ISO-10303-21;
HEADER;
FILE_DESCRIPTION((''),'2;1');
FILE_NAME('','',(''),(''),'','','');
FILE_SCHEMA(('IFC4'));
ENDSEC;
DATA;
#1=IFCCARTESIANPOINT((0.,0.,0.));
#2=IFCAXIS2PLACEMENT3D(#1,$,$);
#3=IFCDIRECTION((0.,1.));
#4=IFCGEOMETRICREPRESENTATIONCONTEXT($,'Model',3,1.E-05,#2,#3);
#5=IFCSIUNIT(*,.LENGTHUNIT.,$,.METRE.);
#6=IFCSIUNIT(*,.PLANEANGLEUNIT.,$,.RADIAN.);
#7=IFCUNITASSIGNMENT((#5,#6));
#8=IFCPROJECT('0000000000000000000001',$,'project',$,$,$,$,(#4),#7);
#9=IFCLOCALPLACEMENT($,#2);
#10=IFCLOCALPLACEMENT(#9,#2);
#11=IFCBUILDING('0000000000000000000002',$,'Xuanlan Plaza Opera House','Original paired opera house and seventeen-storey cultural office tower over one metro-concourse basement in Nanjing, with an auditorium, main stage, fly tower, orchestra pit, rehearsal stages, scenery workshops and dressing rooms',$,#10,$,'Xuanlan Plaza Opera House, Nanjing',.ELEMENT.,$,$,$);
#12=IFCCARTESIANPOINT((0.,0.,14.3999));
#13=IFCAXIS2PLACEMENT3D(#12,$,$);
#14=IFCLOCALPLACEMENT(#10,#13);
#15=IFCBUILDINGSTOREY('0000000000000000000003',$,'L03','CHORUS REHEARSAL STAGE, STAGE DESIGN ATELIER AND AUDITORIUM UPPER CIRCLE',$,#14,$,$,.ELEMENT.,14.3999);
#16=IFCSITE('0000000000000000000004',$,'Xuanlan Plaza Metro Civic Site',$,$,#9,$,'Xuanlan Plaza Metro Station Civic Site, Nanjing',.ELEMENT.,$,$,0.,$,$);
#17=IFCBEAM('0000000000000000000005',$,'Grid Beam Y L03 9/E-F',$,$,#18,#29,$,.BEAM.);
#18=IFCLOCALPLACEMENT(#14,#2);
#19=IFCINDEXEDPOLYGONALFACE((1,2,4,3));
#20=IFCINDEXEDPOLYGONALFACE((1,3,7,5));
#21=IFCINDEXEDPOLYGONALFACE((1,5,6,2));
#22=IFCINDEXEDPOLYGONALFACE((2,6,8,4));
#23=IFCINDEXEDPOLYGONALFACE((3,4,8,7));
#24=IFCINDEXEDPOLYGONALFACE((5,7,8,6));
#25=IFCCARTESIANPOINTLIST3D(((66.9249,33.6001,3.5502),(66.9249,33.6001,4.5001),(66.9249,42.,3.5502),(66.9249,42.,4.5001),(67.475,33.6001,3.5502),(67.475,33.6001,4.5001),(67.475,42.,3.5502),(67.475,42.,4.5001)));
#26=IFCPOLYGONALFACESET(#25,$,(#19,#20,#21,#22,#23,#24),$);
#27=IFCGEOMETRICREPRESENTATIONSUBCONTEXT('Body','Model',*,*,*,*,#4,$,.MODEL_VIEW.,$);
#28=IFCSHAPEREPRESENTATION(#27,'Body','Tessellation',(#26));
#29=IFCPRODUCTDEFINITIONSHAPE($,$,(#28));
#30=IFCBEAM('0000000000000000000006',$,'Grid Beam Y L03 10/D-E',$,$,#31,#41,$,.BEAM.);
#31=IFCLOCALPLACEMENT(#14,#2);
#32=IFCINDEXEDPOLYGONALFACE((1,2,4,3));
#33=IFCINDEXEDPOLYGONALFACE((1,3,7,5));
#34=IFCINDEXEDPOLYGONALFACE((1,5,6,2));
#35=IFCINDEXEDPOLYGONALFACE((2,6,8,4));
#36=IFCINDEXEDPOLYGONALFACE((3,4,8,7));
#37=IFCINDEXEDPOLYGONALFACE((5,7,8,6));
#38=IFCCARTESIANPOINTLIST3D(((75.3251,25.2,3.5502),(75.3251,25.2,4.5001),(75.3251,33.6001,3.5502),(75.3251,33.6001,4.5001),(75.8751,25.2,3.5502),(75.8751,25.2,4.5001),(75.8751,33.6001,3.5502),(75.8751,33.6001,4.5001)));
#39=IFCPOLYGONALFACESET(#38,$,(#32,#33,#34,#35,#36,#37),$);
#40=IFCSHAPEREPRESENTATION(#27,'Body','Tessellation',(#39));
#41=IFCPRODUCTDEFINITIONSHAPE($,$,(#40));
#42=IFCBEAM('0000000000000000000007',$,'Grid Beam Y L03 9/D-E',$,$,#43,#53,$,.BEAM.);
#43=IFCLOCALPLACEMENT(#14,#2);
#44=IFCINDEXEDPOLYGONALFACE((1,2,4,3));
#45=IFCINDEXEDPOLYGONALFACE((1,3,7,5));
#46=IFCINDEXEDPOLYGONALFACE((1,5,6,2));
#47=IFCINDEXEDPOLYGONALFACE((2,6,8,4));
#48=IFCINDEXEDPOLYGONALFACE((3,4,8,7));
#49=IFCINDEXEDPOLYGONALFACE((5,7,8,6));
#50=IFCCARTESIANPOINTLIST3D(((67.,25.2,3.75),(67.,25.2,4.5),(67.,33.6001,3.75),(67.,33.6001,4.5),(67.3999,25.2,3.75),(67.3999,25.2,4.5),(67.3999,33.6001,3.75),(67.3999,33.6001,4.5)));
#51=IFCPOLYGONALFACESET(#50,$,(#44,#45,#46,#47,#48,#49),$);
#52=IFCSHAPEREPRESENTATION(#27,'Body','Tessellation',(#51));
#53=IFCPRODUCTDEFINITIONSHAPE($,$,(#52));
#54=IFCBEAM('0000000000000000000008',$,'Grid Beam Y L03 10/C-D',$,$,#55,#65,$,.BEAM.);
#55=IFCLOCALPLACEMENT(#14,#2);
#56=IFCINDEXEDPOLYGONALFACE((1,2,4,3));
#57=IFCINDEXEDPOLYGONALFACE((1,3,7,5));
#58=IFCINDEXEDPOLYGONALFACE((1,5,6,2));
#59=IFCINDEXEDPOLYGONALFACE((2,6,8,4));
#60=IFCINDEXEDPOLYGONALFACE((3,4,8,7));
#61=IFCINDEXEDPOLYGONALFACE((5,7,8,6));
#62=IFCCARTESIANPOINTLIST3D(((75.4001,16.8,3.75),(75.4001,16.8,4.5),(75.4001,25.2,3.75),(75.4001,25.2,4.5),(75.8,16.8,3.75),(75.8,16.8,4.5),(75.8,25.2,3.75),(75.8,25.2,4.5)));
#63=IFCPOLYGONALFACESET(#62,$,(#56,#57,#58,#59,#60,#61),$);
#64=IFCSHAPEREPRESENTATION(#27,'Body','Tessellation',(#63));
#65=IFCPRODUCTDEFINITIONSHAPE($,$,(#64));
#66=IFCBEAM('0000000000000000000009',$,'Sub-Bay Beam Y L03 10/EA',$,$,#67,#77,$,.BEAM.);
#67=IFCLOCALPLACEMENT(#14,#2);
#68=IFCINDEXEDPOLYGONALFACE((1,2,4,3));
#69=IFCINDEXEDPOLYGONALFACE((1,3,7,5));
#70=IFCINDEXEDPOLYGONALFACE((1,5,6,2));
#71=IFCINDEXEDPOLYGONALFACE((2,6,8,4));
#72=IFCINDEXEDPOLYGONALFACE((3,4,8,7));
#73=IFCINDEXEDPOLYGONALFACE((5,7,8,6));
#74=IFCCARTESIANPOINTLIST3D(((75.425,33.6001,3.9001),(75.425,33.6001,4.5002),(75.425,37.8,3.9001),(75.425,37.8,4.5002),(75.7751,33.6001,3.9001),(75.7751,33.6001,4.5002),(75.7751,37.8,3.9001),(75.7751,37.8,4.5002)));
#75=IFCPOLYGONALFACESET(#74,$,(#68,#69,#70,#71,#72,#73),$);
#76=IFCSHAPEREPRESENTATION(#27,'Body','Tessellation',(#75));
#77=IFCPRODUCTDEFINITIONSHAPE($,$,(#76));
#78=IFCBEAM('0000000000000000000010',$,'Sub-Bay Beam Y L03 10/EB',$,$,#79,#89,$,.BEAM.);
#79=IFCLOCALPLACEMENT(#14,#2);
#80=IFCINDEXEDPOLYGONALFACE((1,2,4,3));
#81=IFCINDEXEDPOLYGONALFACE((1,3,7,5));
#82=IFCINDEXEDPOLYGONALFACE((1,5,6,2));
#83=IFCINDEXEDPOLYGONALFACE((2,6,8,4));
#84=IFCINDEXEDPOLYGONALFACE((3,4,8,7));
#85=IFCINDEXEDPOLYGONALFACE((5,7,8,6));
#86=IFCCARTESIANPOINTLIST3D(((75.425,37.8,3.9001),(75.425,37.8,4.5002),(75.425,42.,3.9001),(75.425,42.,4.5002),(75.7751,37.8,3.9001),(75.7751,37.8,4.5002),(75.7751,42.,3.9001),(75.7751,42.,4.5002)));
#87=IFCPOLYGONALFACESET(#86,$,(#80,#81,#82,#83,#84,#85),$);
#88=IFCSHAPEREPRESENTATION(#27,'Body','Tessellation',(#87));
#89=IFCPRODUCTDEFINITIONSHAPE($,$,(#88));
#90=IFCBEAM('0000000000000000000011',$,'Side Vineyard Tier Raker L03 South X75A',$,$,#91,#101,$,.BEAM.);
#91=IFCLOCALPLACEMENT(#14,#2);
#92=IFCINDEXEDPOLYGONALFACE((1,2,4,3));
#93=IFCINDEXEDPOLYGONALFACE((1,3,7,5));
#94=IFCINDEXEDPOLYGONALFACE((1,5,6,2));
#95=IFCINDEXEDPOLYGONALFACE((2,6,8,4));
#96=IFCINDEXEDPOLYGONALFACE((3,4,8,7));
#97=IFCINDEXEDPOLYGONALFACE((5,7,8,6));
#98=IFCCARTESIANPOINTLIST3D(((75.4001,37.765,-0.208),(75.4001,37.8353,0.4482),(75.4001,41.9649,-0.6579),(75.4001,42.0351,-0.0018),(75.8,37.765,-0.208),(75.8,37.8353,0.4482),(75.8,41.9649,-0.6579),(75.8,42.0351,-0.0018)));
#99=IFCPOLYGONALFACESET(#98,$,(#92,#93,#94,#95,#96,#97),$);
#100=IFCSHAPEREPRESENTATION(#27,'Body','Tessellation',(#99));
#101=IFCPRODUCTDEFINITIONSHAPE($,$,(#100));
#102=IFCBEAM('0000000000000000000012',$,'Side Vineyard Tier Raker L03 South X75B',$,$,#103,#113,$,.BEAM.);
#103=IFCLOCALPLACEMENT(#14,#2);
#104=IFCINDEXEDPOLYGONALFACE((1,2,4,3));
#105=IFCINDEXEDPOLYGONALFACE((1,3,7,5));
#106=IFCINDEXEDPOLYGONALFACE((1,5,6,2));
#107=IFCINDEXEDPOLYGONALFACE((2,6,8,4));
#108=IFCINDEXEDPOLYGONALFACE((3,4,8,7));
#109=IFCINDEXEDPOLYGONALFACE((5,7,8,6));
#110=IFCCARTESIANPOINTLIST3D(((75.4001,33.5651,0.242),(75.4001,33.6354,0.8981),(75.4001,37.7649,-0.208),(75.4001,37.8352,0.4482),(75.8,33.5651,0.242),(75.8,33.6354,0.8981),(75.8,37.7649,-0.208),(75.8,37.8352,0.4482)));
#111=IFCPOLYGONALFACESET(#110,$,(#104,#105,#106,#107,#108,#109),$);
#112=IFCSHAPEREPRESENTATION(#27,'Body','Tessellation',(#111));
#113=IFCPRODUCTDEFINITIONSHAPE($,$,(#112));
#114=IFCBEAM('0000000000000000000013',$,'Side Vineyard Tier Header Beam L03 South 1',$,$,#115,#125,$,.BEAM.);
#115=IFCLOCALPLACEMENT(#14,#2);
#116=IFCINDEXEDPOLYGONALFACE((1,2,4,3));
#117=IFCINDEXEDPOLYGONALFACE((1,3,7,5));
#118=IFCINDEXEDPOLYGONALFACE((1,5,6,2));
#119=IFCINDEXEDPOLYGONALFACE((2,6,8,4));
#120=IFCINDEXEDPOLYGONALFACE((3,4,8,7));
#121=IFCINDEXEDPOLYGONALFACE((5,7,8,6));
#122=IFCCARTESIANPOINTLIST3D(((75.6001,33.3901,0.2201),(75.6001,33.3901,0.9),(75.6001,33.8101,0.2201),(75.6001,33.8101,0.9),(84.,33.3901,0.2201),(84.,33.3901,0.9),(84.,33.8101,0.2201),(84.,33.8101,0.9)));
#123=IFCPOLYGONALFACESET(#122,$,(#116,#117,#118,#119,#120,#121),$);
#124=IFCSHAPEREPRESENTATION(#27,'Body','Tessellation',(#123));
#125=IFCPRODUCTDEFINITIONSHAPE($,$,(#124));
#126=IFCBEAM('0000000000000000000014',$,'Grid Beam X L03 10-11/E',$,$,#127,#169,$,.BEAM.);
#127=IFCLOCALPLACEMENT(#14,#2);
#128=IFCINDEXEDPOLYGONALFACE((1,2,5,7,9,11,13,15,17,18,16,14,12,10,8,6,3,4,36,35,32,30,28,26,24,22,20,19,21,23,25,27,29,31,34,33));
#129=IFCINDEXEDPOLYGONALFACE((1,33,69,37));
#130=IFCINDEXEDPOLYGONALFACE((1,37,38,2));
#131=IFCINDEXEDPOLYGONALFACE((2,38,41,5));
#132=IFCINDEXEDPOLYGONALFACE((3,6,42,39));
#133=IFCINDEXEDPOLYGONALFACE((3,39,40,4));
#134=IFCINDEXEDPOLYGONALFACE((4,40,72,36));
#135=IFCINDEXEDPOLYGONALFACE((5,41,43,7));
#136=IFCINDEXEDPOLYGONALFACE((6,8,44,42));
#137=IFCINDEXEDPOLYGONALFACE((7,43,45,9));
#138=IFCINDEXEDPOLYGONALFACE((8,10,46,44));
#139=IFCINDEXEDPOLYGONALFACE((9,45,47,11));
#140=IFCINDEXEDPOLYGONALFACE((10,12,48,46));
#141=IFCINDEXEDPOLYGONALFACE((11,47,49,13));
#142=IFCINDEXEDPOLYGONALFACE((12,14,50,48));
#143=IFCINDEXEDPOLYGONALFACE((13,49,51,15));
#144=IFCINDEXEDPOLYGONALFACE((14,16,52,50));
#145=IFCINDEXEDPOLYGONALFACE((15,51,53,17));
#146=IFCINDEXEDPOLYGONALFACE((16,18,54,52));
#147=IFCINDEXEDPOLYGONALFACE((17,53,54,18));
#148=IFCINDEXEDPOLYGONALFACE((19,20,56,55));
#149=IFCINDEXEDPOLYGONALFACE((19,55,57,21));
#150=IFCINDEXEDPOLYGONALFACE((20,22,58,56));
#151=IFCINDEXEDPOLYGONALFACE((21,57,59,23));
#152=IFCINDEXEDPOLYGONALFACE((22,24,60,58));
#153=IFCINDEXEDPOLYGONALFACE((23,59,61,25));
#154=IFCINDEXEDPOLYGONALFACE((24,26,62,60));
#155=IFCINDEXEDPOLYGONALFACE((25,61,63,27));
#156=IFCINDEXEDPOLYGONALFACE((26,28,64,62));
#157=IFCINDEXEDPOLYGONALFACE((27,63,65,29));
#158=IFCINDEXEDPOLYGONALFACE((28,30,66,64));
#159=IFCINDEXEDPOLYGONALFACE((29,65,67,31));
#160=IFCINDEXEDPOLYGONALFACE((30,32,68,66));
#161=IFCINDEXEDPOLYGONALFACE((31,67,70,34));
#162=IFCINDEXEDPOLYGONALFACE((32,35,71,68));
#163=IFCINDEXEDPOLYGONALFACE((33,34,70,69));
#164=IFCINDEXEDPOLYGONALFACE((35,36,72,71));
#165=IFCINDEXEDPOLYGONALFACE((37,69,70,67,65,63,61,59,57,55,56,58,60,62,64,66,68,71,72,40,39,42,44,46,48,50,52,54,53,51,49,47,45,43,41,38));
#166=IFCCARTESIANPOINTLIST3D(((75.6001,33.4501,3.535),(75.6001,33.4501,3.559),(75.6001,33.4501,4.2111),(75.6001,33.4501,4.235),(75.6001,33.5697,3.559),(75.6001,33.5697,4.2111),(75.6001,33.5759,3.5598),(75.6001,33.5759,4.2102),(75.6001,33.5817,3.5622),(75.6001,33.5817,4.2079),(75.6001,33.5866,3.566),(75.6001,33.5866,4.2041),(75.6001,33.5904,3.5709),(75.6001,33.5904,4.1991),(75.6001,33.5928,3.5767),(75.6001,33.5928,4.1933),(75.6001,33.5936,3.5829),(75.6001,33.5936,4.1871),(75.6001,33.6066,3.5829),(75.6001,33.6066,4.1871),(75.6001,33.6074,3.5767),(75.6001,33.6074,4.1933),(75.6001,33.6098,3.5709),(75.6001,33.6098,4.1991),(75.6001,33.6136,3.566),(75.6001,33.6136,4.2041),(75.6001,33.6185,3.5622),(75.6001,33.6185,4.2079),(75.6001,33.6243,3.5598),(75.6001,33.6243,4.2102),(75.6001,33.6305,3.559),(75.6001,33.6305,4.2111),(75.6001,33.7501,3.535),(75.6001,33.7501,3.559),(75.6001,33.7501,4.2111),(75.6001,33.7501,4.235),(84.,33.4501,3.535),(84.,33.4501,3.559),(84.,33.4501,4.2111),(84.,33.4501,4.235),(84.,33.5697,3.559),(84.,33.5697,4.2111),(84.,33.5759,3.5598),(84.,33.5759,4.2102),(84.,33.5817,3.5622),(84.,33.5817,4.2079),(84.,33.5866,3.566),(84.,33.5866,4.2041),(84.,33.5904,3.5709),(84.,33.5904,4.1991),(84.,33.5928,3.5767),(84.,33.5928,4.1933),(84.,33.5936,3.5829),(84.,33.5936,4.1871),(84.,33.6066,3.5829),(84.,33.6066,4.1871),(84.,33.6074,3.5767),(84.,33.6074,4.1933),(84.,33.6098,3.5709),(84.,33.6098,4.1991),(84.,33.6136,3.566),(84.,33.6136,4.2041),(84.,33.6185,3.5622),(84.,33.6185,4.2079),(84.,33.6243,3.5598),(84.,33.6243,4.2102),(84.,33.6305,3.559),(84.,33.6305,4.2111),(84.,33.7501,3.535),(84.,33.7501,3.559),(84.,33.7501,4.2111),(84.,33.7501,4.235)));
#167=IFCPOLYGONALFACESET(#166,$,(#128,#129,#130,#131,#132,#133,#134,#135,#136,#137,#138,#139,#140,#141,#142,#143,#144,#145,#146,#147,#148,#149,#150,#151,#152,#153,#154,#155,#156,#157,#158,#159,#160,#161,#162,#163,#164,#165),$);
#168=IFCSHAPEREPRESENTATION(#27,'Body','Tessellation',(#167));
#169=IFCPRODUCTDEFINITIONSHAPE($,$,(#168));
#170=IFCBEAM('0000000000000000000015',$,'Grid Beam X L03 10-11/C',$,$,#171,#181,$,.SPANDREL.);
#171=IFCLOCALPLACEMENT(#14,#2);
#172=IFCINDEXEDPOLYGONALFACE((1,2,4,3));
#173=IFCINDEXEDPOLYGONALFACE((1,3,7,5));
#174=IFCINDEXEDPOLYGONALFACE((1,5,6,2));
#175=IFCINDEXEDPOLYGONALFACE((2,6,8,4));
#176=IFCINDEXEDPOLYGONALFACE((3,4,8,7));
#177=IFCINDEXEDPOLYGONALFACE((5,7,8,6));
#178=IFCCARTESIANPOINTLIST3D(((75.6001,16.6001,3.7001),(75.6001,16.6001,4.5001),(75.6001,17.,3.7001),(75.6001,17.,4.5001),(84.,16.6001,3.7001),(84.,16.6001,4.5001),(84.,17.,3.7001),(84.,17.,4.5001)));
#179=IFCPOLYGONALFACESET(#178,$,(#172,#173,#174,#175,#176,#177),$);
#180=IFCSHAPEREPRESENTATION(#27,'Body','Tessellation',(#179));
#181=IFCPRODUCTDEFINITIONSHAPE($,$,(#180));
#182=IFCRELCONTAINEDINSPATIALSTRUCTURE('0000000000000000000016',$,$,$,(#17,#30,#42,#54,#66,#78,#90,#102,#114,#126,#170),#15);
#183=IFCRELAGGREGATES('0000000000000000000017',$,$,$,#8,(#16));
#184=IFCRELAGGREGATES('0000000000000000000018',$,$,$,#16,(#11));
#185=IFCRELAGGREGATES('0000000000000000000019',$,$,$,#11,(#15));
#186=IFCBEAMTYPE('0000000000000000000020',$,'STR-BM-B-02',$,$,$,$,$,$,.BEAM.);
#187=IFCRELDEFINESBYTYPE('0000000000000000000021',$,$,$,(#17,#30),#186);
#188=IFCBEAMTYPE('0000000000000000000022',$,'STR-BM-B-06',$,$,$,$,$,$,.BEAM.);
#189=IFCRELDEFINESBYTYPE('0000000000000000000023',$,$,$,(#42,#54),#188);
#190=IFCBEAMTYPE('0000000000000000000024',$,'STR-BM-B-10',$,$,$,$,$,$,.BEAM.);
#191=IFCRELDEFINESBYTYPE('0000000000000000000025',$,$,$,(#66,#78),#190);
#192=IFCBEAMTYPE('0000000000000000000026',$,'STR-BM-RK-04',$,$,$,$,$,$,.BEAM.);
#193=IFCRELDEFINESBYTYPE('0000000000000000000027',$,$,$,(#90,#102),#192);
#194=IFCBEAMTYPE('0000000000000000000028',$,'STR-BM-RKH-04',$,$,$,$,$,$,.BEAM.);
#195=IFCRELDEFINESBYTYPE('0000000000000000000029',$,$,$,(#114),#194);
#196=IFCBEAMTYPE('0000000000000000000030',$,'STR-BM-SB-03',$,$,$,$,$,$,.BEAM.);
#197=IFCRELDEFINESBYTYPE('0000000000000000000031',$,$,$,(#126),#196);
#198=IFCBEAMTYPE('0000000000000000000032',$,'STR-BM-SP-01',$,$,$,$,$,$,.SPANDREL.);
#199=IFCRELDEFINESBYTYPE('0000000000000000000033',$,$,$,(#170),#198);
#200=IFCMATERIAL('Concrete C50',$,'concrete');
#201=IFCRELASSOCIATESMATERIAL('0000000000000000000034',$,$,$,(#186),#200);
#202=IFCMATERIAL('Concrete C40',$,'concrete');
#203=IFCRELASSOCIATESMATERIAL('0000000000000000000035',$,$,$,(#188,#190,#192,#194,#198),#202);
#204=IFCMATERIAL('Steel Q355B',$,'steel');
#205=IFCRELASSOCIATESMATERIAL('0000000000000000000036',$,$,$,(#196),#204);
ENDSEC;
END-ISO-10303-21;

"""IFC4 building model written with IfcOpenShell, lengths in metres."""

from ifc_helpers import new_model, si_unit, direction, frame, origin, origin_2d, place, context, subcontext, project, spatial, rectangle, i_section, extrude, material, material_profile, profile_set, type_object, element, save


model = new_model("IFC4")

# Units and contexts
model_context = context("Model", 3, precision=1e-05, world=origin(), true_north=direction((0.0, 1.0)))
body_context = subcontext(model_context, "Body", "Model", "MODEL_VIEW")
ifc_project = project(units=[si_unit("LENGTHUNIT", "METRE"), si_unit("PLANEANGLEUNIT", "RADIAN")], contexts=[model_context])

# Site, building, storey
site_placement = place(None, origin())
site = spatial("IfcSite", under=ifc_project, at=site_placement, Name="Xuanlan Plaza Metro Civic Site", LongName="Xuanlan Plaza Metro Station Civic Site, Nanjing", CompositionType="ELEMENT", RefElevation=0.0)
building_placement = place(site_placement, origin())
building = spatial("IfcBuilding", under=site, at=building_placement, Name="Xuanlan Plaza Opera House", Description="Original paired opera house and seventeen-storey cultural office tower over one metro-concourse basement in Nanjing, with an auditorium, main stage, fly tower, orchestra pit, rehearsal stages, scenery workshops and dressing rooms", LongName="Xuanlan Plaza Opera House, Nanjing", CompositionType="ELEMENT")
storey_placement = place(building_placement, frame((0.0, 0.0, 14.3999)))
storey = spatial("IfcBuildingStorey", under=building, at=storey_placement, Name="L03", Description="CHORUS REHEARSAL STAGE, STAGE DESIGN ATELIER AND AUDITORIUM UPPER CIRCLE", CompositionType="ELEMENT", Elevation=14.3999)

# Shared definitions
ifc_material_1 = material(Name="Concrete C50", Category="concrete")
ifc_material_2 = material(Name="Concrete C40", Category="concrete")

# Beams
ifc_material_profile_1 = material_profile(ifc_material_1, rectangle(XDim=0.55, YDim=0.95, at=origin_2d()), Name="RC-BM 550x950")
ifc_profile_set_1 = profile_set([ifc_material_profile_1], Name="Concrete C50")
beam_type_1 = type_object("IfcBeamType", Name="STR-BM-B-02", PredefinedType="BEAM", material=ifc_profile_set_1)
beam_1_placement = place(storey_placement, frame((67.2, 33.6001, 4.0251), z_axis=(0.0, 1.0, 0.0), x_axis=(-1.0, 0.0, 0.0)))
element("IfcBeam", 1, at=beam_1_placement, inside=storey, type_object=beam_type_1, Name="Grid Beam Y L03 9/E-F", PredefinedType="BEAM", context=body_context, shape_type="SweptSolid", body=[
    extrude(rectangle(XDim=0.55, YDim=0.95, at=origin_2d()), origin(), (0.0, 0.0, 1.0), 8.3999),
])
beam_2_placement = place(storey_placement, frame((75.6001, 25.2, 4.0251), z_axis=(0.0, 1.0, 0.0), x_axis=(-1.0, 0.0, 0.0)))
element("IfcBeam", 2, at=beam_2_placement, inside=storey, type_object=beam_type_1, Name="Grid Beam Y L03 10/D-E", PredefinedType="BEAM", context=body_context, shape_type="SweptSolid", body=[
    extrude(rectangle(XDim=0.55, YDim=0.95, at=origin_2d()), origin(), (0.0, 0.0, 1.0), 8.4001),
])
ifc_material_profile_2 = material_profile(ifc_material_2, rectangle(XDim=0.3999, YDim=0.75, at=origin_2d()), Name="RC-BM 400x750")
ifc_profile_set_2 = profile_set([ifc_material_profile_2], Name="Concrete C40")
beam_type_2 = type_object("IfcBeamType", Name="STR-BM-B-06", PredefinedType="BEAM", material=ifc_profile_set_2)
beam_3_placement = place(storey_placement, frame((67.2, 25.2, 4.125), z_axis=(0.0, 1.0, 0.0), x_axis=(-1.0, 0.0, 0.0)))
element("IfcBeam", 3, at=beam_3_placement, inside=storey, type_object=beam_type_2, Name="Grid Beam Y L03 9/D-E", PredefinedType="BEAM", context=body_context, shape_type="SweptSolid", body=[
    extrude(rectangle(XDim=0.3999, YDim=0.75, at=origin_2d()), origin(), (0.0, 0.0, 1.0), 8.4001),
])
beam_4_placement = place(storey_placement, frame((75.6001, 16.8, 4.125), z_axis=(0.0, 1.0, 0.0), x_axis=(-1.0, 0.0, 0.0)))
element("IfcBeam", 4, at=beam_4_placement, inside=storey, type_object=beam_type_2, Name="Grid Beam Y L03 10/C-D", PredefinedType="BEAM", context=body_context, shape_type="SweptSolid", body=[
    extrude(rectangle(XDim=0.3999, YDim=0.75, at=origin_2d()), origin(), (0.0, 0.0, 1.0), 8.3999),
])
ifc_material_profile_3 = material_profile(ifc_material_2, rectangle(XDim=0.3501, YDim=0.6001, at=origin_2d()), Name="RC-BM 350x600")
ifc_profile_set_3 = profile_set([ifc_material_profile_3], Name="Concrete C40")
beam_type_3 = type_object("IfcBeamType", Name="STR-BM-B-10", PredefinedType="BEAM", material=ifc_profile_set_3)
for number, where, z_axis, x_axis, name in (
    (5, (75.6001, 33.6001, 4.2002), (0.0, 1.0, 0.0), (-1.0, 0.0, 0.0), "Sub-Bay Beam Y L03 10/EA"),
    (6, (75.6001, 37.8, 4.2002), (0.0, 1.0, 0.0), (-1.0, 0.0, 0.0), "Sub-Bay Beam Y L03 10/EB"),
):
    element("IfcBeam", number, at=place(storey_placement, frame(where, z_axis=z_axis, x_axis=x_axis)), inside=storey, type_object=beam_type_3, Name=name, PredefinedType="BEAM", context=body_context, shape_type="SweptSolid", body=[
        extrude(rectangle(XDim=0.3501, YDim=0.6001, at=origin_2d()), origin(), (0.0, 0.0, 1.0), 4.2),
    ])
ifc_material_profile_4 = material_profile(ifc_material_2, rectangle(XDim=0.3999, YDim=0.6599, at=origin_2d()), Name="RC-RKR 400x660")
ifc_profile_set_4 = profile_set([ifc_material_profile_4], Name="Concrete C40")
beam_type_4 = type_object("IfcBeamType", Name="STR-BM-RK-04", PredefinedType="BEAM", material=ifc_profile_set_4)
for number, where, z_axis, x_axis, name in (
    (7, (75.6001, 42.0, -0.3298), (0.0, -0.99431, 0.106523), (1.0, 0.0, 0.0), "Side Vineyard Tier Raker L03 South X75A"),
    (8, (75.6001, 37.8, 0.1201), (0.0, -0.99431, 0.106523), (1.0, 0.0, 0.0), "Side Vineyard Tier Raker L03 South X75B"),
):
    element("IfcBeam", number, at=place(storey_placement, frame(where, z_axis=z_axis, x_axis=x_axis)), inside=storey, type_object=beam_type_4, Name=name, PredefinedType="BEAM", context=body_context, shape_type="SweptSolid", body=[
        extrude(rectangle(XDim=0.3999, YDim=0.6599, at=origin_2d()), origin(), (0.0, 0.0, 1.0), 4.2239),
    ])
ifc_material_profile_5 = material_profile(ifc_material_2, rectangle(XDim=0.4199, YDim=0.6799, at=origin_2d()), Name="RC-RKR 420x680")
ifc_profile_set_5 = profile_set([ifc_material_profile_5], Name="Concrete C40")
beam_type_5 = type_object("IfcBeamType", Name="STR-BM-RKH-04", PredefinedType="BEAM", material=ifc_profile_set_5)
beam_5_placement = place(storey_placement, frame((75.6001, 33.6001, 0.5601), z_axis=(1.0, 0.0, 0.0), x_axis=(0.0, 1.0, 0.0)))
element("IfcBeam", 9, at=beam_5_placement, inside=storey, type_object=beam_type_5, Name="Side Vineyard Tier Header Beam L03 South 1", PredefinedType="BEAM", context=body_context, shape_type="SweptSolid", body=[
    extrude(rectangle(XDim=0.4199, YDim=0.6799, at=origin_2d()), origin(), (0.0, 0.0, 1.0), 8.3999),
])
ifc_material_3 = material(Name="Steel Q355B", Category="steel")
ifc_material_profile_6 = material_profile(ifc_material_3, i_section(OverallWidth=0.3, OverallDepth=0.7, WebThickness=0.0129, FlangeThickness=0.0239, FilletRadius=0.0239, at=origin_2d()), Name="HN 700x300x13x24")
ifc_profile_set_6 = profile_set([ifc_material_profile_6], Name="Steel Q355B")
beam_type_6 = type_object("IfcBeamType", Name="STR-BM-SB-03", PredefinedType="BEAM", material=ifc_profile_set_6)
beam_6_placement = place(storey_placement, frame((75.6001, 33.6001, 3.885), z_axis=(1.0, 0.0, 0.0), x_axis=(0.0, 1.0, 0.0)))
element("IfcBeam", 10, at=beam_6_placement, inside=storey, type_object=beam_type_6, Name="Grid Beam X L03 10-11/E", PredefinedType="BEAM", context=body_context, shape_type="SweptSolid", body=[
    extrude(i_section(OverallWidth=0.3, OverallDepth=0.7, WebThickness=0.0129, FlangeThickness=0.0239, FilletRadius=0.0239, at=origin_2d()), origin(), (0.0, 0.0, 1.0), 8.3999),
])
ifc_material_profile_7 = material_profile(ifc_material_2, rectangle(XDim=0.3999, YDim=0.8, at=origin_2d()), Name="RC-SPD 400x800")
ifc_profile_set_7 = profile_set([ifc_material_profile_7], Name="Concrete C40")
beam_type_7 = type_object("IfcBeamType", Name="STR-BM-SP-01", PredefinedType="SPANDREL", material=ifc_profile_set_7)
beam_7_placement = place(storey_placement, frame((75.6001, 16.8, 4.1001), z_axis=(1.0, 0.0, 0.0), x_axis=(0.0, 1.0, 0.0)))
element("IfcBeam", 11, at=beam_7_placement, inside=storey, type_object=beam_type_7, Name="Grid Beam X L03 10-11/C", PredefinedType="SPANDREL", context=body_context, shape_type="SweptSolid", body=[
    extrude(rectangle(XDim=0.3999, YDim=0.8, at=origin_2d()), origin(), (0.0, 0.0, 1.0), 8.3999),
])

save(model, "model.ifc")
